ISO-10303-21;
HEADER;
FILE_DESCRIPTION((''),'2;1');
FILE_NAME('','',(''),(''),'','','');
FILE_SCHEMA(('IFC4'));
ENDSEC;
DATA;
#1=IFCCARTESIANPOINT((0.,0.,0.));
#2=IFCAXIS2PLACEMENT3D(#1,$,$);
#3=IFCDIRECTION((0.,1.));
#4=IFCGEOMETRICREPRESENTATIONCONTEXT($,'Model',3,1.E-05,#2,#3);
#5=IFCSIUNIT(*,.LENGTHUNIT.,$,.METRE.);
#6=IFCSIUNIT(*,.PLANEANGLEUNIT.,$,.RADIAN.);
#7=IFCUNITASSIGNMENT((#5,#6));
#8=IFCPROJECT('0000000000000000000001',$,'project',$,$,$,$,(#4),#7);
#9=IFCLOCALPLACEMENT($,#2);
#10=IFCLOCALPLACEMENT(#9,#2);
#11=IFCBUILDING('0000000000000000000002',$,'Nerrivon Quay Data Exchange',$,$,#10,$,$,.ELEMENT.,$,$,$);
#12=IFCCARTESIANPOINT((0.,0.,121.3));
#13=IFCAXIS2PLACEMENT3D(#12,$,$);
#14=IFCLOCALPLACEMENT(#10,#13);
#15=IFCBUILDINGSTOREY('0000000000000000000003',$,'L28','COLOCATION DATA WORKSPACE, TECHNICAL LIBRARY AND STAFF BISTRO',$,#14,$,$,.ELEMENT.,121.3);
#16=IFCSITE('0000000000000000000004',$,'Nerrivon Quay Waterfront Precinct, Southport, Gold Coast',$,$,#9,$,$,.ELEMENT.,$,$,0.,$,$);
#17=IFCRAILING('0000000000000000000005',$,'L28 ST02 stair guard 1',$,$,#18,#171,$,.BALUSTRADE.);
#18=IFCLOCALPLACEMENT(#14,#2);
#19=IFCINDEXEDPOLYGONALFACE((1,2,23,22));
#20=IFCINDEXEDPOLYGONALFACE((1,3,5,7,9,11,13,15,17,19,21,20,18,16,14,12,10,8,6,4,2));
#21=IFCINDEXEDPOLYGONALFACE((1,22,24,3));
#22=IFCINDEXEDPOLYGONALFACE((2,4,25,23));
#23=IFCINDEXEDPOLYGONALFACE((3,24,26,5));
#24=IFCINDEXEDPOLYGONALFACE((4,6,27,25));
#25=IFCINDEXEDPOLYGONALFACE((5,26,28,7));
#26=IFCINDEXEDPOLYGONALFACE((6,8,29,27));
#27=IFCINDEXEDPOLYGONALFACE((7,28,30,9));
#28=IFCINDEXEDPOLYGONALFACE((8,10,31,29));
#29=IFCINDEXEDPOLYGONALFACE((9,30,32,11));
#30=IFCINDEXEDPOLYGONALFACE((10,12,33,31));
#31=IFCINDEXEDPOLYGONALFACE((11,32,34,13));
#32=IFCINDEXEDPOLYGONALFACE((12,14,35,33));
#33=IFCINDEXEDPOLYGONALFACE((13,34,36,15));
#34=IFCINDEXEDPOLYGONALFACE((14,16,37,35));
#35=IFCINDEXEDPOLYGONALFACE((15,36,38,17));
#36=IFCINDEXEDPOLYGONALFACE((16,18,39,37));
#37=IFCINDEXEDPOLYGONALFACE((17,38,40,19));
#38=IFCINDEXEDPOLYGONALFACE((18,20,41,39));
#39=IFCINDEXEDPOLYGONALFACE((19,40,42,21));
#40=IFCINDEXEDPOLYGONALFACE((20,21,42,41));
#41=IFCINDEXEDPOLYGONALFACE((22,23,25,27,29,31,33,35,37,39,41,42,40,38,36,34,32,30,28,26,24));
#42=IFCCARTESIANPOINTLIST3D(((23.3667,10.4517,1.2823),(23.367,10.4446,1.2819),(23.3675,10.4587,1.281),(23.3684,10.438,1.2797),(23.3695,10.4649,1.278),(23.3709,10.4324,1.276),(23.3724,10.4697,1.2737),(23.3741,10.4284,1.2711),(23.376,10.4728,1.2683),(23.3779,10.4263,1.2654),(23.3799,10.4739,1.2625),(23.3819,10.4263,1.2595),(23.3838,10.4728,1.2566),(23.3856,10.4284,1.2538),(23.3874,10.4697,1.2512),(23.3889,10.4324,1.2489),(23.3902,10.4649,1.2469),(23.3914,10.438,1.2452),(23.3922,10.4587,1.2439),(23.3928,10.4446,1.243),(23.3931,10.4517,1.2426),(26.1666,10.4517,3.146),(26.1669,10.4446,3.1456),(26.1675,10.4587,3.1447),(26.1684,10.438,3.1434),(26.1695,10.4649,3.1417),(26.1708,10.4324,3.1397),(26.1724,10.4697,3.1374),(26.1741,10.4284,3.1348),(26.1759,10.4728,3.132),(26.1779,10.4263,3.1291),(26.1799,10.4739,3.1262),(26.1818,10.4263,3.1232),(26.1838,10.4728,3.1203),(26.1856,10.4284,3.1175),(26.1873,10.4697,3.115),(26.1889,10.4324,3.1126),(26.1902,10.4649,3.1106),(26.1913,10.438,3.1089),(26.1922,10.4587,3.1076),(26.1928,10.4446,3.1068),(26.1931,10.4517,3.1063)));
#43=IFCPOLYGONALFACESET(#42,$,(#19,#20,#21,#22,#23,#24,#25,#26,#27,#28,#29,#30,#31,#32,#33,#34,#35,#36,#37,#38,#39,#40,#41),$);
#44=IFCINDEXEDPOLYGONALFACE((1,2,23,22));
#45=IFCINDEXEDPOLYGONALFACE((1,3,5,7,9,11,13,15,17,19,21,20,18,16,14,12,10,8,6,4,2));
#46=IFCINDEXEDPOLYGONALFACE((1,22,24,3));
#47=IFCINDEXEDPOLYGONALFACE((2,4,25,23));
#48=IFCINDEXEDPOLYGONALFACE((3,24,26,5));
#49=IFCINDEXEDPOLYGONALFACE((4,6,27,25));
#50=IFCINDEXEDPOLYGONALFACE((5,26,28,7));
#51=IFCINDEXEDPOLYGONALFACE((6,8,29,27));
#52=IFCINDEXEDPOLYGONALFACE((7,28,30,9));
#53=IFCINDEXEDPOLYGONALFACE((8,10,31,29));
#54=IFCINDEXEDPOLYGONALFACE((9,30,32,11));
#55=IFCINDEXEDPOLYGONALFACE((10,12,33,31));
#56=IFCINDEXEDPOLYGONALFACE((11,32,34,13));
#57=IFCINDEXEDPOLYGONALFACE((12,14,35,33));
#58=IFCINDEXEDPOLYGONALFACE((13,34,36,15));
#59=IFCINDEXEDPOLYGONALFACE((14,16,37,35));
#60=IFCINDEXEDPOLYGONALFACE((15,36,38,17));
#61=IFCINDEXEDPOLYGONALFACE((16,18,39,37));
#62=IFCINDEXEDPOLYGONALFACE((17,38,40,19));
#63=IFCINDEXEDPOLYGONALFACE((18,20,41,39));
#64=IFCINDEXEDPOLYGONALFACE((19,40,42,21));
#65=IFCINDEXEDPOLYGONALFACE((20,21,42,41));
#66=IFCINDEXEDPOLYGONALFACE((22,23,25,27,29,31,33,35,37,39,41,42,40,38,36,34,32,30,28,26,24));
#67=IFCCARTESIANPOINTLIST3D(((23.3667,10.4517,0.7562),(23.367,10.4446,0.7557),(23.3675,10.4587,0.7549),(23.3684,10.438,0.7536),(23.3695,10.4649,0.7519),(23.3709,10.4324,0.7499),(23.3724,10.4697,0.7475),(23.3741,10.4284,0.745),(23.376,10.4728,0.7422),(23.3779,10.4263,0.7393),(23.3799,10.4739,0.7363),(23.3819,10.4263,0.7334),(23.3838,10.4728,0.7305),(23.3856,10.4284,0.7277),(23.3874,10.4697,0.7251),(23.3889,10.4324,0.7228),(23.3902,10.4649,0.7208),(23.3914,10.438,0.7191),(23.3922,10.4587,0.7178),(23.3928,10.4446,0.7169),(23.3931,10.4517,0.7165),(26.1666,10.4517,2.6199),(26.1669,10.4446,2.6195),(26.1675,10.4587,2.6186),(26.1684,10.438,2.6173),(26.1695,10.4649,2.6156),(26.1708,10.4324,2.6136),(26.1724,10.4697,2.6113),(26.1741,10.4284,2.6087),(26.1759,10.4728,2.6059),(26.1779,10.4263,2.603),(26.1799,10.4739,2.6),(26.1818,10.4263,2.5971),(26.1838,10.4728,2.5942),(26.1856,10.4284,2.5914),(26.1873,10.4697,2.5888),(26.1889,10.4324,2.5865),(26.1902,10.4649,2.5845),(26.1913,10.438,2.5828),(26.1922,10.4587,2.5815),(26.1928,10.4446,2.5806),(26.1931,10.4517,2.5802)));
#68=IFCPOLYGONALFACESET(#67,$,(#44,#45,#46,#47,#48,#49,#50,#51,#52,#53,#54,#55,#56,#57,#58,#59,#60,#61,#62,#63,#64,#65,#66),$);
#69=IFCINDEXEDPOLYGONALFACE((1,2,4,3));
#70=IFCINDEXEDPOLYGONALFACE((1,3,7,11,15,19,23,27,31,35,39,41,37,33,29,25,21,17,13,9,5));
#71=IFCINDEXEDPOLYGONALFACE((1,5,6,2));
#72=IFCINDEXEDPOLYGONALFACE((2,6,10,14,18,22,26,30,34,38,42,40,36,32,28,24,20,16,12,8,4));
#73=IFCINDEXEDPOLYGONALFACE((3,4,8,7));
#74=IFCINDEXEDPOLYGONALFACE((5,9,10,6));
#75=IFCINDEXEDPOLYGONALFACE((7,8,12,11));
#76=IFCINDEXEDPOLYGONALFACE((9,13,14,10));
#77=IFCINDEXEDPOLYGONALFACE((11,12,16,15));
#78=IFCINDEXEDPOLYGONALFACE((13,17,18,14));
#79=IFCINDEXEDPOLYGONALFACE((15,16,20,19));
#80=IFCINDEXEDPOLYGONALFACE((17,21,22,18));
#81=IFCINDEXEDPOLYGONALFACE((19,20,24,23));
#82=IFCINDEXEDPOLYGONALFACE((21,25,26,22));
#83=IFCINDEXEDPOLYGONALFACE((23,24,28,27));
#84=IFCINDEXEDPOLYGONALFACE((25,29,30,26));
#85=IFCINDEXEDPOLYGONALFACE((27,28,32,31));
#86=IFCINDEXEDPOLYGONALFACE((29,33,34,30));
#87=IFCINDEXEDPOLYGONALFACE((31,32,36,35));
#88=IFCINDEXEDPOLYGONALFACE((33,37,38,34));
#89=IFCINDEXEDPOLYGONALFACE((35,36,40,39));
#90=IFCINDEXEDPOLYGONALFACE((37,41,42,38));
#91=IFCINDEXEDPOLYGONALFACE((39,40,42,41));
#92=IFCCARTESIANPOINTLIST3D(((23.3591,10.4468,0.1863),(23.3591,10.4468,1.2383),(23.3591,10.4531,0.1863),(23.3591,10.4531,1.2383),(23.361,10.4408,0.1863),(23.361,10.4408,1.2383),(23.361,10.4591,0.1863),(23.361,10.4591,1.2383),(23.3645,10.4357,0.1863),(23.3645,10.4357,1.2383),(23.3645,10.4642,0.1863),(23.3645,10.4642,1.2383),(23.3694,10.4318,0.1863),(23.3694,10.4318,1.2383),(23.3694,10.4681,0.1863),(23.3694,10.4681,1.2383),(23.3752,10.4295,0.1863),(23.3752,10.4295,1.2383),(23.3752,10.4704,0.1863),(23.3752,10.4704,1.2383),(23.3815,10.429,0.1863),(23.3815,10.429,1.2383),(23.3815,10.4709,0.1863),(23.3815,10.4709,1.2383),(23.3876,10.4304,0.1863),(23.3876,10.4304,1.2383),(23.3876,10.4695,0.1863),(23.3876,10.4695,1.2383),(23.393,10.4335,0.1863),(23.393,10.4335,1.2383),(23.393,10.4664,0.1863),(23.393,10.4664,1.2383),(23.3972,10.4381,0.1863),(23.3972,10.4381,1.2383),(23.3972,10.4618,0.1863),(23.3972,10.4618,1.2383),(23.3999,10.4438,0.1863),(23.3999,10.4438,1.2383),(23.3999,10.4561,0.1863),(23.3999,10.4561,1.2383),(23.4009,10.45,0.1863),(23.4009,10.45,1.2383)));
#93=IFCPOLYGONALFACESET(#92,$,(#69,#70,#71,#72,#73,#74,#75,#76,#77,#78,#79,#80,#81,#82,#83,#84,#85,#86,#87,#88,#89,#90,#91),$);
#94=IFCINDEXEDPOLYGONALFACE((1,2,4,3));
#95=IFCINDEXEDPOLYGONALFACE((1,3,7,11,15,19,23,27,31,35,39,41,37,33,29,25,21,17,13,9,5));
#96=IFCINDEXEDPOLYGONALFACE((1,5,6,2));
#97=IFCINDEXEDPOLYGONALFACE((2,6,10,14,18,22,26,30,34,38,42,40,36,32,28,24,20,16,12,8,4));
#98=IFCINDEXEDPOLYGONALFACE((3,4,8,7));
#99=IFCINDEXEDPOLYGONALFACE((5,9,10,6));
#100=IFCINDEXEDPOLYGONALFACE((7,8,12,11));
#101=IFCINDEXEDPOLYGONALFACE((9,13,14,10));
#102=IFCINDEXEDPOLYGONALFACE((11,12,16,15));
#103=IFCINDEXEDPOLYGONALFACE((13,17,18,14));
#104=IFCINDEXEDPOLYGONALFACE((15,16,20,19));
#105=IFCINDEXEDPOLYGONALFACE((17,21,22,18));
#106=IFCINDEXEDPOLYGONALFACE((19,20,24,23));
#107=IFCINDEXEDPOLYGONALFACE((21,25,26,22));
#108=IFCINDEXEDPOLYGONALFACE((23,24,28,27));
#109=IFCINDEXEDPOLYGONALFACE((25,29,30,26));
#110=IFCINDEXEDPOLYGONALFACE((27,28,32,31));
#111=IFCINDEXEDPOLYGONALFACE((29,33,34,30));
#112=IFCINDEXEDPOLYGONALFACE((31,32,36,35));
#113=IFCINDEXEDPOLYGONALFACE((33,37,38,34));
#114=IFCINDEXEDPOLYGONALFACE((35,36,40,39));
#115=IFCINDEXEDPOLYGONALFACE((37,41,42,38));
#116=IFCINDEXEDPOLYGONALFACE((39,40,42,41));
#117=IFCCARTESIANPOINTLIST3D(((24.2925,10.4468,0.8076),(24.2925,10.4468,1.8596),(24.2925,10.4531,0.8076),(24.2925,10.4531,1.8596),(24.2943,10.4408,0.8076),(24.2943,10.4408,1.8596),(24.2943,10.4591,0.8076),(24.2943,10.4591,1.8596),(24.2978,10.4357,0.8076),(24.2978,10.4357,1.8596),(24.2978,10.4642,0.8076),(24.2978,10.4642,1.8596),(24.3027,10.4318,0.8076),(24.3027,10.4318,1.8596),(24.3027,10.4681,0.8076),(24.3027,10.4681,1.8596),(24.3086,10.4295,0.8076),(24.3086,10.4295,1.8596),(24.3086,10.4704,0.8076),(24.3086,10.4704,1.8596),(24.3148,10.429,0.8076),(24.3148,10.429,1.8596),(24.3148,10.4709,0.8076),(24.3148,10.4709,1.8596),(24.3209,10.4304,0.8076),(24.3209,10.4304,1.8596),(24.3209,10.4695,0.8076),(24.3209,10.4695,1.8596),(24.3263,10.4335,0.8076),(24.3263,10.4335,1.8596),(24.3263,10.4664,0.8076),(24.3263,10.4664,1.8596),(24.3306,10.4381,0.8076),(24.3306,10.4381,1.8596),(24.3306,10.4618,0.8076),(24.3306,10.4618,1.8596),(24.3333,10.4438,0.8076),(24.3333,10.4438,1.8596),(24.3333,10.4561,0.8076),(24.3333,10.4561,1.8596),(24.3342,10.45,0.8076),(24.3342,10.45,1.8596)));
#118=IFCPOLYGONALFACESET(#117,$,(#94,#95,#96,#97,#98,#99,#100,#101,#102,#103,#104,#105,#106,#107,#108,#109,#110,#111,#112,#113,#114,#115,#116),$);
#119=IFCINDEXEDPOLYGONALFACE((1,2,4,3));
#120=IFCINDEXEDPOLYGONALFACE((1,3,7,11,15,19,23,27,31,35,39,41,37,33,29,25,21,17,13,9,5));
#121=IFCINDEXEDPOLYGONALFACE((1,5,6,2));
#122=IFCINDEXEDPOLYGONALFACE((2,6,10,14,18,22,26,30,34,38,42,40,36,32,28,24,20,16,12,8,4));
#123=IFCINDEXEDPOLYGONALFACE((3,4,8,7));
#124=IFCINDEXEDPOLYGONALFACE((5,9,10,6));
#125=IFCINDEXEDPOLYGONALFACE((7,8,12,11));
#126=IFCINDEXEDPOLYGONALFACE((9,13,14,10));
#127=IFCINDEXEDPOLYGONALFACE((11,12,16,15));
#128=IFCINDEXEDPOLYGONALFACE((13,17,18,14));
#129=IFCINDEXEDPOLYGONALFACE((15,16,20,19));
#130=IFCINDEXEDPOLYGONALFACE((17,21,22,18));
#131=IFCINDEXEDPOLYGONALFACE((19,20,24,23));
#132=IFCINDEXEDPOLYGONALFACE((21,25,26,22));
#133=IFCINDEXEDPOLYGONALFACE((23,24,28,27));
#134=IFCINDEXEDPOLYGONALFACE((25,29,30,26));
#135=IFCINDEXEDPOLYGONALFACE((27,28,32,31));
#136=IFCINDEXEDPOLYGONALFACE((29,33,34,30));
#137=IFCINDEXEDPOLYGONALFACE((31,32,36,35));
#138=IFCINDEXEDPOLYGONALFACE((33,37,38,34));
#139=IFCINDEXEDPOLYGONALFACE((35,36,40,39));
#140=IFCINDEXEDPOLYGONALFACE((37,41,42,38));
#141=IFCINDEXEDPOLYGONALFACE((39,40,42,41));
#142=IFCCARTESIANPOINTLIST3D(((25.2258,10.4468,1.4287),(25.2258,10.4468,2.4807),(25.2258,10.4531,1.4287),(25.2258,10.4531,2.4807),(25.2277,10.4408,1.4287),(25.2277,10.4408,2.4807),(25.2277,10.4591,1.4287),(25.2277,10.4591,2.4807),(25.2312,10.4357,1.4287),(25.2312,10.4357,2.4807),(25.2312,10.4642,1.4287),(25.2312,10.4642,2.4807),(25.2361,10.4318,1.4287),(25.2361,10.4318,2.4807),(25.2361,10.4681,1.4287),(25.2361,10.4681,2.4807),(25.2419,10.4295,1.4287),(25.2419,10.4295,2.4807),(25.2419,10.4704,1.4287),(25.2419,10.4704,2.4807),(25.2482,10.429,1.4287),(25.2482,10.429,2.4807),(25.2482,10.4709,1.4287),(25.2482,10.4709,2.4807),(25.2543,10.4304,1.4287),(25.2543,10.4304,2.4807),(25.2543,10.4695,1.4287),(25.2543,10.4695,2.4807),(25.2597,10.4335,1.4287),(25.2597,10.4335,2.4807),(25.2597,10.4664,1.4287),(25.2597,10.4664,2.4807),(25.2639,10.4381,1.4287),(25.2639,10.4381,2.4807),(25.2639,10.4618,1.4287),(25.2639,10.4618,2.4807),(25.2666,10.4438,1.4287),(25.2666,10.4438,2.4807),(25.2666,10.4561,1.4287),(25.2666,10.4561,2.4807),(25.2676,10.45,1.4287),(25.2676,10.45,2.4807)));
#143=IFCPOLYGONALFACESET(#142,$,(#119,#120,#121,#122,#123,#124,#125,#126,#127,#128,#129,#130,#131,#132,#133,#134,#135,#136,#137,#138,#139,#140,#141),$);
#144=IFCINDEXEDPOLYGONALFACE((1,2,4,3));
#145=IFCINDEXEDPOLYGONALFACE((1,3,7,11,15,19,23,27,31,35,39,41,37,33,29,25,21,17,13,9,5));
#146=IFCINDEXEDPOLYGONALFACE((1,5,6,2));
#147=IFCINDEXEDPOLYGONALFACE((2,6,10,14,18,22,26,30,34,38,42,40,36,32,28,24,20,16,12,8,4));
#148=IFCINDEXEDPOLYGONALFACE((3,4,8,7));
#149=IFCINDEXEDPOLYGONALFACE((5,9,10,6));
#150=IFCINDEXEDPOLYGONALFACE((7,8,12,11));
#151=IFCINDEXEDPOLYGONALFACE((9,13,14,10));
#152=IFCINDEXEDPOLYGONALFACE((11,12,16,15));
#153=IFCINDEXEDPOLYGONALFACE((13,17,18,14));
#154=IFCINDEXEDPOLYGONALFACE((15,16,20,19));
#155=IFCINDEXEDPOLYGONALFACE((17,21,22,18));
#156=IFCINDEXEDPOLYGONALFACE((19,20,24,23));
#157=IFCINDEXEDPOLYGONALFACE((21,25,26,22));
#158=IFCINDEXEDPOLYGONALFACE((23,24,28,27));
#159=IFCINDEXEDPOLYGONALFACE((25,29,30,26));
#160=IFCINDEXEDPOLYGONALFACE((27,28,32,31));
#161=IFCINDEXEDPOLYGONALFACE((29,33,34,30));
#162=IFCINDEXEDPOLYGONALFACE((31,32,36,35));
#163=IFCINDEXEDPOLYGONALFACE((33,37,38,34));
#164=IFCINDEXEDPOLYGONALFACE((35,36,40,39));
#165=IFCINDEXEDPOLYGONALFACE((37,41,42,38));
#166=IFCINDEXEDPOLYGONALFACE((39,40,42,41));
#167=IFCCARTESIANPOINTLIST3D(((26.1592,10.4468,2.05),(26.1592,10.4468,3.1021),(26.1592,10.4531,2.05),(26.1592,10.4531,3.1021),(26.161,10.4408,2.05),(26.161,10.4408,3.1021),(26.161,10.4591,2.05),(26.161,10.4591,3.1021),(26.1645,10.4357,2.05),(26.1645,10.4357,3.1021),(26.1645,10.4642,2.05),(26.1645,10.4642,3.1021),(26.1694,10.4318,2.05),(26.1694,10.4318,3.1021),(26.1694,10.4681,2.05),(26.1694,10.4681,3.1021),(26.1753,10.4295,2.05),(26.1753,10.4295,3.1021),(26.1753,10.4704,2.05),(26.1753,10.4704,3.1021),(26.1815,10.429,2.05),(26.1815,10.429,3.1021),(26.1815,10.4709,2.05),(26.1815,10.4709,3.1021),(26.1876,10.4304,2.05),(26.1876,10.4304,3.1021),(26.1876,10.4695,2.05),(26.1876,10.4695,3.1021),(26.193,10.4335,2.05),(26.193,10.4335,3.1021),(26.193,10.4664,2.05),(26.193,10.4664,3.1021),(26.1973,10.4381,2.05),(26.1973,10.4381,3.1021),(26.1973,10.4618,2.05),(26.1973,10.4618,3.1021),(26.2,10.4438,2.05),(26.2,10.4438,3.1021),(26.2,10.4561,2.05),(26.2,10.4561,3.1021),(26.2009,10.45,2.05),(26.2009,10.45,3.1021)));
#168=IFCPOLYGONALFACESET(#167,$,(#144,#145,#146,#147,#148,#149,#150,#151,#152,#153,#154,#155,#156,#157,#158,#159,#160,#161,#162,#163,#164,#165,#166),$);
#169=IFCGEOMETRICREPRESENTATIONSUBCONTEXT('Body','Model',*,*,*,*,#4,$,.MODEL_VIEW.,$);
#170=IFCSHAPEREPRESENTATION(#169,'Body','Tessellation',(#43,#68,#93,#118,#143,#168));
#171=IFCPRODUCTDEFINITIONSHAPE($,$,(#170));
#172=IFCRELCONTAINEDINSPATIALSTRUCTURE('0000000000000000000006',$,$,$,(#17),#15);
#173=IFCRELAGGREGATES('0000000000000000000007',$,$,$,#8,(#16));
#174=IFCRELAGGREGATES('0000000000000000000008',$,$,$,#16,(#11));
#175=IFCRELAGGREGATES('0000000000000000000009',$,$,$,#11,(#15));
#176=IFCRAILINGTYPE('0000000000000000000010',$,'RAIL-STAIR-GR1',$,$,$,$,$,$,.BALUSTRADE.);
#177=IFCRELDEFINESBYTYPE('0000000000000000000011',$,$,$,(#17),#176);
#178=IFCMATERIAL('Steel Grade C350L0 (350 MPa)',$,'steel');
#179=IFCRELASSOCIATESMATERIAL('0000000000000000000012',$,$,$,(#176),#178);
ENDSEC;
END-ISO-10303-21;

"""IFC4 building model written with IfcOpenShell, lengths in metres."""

from ifc_helpers import new_model, si_unit, direction, frame, origin, origin_2d, place, context, subcontext, project, spatial, circle, extrude, material, type_object, element, save


model = new_model("IFC4")

# Units and contexts
model_context = context("Model", 3, precision=1e-05, world=origin(), true_north=direction((0.0, 1.0)))
body_context = subcontext(model_context, "Body", "Model", "MODEL_VIEW")
ifc_project = project(units=[si_unit("LENGTHUNIT", "METRE"), si_unit("PLANEANGLEUNIT", "RADIAN")], contexts=[model_context])

# Site, building, storey
site_placement = place(None, origin())
site = spatial("IfcSite", under=ifc_project, at=site_placement, Name="Nerrivon Quay Waterfront Precinct, Southport, Gold Coast", CompositionType="ELEMENT", RefElevation=0.0)
building_placement = place(site_placement, origin())
building = spatial("IfcBuilding", under=site, at=building_placement, Name="Nerrivon Quay Data Exchange", CompositionType="ELEMENT")
storey_placement = place(building_placement, frame((0.0, 0.0, 121.3)))
storey = spatial("IfcBuildingStorey", under=building, at=storey_placement, Name="L28", Description="COLOCATION DATA WORKSPACE, TECHNICAL LIBRARY AND STAFF BISTRO", CompositionType="ELEMENT", Elevation=121.3)

# Railing
ifc_material_1 = material(Name="Steel Grade C350L0 (350 MPa)", Category="steel")
railing_type_1 = type_object("IfcRailingType", Name="RAIL-STAIR-GR1", PredefinedType="BALUSTRADE", material=ifc_material_1)
railing_1_placement = place(storey_placement, frame((23.3799, 10.45, 0.1863)))
element("IfcRailing", 1, at=railing_1_placement, inside=storey, type_object=railing_type_1, Name="L28 ST02 stair guard 1", PredefinedType="BALUSTRADE", context=body_context, shape_type="SweptSolid", body=[
    extrude(circle(Radius=0.0239, at=origin_2d()), frame((0.0, 0.0, 1.0762), z_axis=(0.832452, 0.0, 0.554097), x_axis=(0.0, 1.0, 0.0)), (0.0, 0.0, 1.0), 3.3635),
    extrude(circle(Radius=0.0239, at=origin_2d()), frame((0.0, 0.0, 0.55), z_axis=(0.832452, 0.0, 0.554097), x_axis=(0.0, 1.0, 0.0)), (0.0, 0.0, 1.0), 3.3635),
    extrude(circle(Radius=0.021, at=origin_2d()), origin(), (0.0, 0.0, 1.0), 1.052),
    extrude(circle(Radius=0.021, at=origin_2d()), frame((0.9333, 0.0, 0.6213)), (0.0, 0.0, 1.0), 1.052),
    extrude(circle(Radius=0.021, at=origin_2d()), frame((1.8667, 0.0, 1.2424)), (0.0, 0.0, 1.0), 1.052),
    extrude(circle(Radius=0.021, at=origin_2d()), frame((2.8, 0.0, 1.8638)), (0.0, 0.0, 1.0), 1.052),
])

save(model, "model.ifc")
